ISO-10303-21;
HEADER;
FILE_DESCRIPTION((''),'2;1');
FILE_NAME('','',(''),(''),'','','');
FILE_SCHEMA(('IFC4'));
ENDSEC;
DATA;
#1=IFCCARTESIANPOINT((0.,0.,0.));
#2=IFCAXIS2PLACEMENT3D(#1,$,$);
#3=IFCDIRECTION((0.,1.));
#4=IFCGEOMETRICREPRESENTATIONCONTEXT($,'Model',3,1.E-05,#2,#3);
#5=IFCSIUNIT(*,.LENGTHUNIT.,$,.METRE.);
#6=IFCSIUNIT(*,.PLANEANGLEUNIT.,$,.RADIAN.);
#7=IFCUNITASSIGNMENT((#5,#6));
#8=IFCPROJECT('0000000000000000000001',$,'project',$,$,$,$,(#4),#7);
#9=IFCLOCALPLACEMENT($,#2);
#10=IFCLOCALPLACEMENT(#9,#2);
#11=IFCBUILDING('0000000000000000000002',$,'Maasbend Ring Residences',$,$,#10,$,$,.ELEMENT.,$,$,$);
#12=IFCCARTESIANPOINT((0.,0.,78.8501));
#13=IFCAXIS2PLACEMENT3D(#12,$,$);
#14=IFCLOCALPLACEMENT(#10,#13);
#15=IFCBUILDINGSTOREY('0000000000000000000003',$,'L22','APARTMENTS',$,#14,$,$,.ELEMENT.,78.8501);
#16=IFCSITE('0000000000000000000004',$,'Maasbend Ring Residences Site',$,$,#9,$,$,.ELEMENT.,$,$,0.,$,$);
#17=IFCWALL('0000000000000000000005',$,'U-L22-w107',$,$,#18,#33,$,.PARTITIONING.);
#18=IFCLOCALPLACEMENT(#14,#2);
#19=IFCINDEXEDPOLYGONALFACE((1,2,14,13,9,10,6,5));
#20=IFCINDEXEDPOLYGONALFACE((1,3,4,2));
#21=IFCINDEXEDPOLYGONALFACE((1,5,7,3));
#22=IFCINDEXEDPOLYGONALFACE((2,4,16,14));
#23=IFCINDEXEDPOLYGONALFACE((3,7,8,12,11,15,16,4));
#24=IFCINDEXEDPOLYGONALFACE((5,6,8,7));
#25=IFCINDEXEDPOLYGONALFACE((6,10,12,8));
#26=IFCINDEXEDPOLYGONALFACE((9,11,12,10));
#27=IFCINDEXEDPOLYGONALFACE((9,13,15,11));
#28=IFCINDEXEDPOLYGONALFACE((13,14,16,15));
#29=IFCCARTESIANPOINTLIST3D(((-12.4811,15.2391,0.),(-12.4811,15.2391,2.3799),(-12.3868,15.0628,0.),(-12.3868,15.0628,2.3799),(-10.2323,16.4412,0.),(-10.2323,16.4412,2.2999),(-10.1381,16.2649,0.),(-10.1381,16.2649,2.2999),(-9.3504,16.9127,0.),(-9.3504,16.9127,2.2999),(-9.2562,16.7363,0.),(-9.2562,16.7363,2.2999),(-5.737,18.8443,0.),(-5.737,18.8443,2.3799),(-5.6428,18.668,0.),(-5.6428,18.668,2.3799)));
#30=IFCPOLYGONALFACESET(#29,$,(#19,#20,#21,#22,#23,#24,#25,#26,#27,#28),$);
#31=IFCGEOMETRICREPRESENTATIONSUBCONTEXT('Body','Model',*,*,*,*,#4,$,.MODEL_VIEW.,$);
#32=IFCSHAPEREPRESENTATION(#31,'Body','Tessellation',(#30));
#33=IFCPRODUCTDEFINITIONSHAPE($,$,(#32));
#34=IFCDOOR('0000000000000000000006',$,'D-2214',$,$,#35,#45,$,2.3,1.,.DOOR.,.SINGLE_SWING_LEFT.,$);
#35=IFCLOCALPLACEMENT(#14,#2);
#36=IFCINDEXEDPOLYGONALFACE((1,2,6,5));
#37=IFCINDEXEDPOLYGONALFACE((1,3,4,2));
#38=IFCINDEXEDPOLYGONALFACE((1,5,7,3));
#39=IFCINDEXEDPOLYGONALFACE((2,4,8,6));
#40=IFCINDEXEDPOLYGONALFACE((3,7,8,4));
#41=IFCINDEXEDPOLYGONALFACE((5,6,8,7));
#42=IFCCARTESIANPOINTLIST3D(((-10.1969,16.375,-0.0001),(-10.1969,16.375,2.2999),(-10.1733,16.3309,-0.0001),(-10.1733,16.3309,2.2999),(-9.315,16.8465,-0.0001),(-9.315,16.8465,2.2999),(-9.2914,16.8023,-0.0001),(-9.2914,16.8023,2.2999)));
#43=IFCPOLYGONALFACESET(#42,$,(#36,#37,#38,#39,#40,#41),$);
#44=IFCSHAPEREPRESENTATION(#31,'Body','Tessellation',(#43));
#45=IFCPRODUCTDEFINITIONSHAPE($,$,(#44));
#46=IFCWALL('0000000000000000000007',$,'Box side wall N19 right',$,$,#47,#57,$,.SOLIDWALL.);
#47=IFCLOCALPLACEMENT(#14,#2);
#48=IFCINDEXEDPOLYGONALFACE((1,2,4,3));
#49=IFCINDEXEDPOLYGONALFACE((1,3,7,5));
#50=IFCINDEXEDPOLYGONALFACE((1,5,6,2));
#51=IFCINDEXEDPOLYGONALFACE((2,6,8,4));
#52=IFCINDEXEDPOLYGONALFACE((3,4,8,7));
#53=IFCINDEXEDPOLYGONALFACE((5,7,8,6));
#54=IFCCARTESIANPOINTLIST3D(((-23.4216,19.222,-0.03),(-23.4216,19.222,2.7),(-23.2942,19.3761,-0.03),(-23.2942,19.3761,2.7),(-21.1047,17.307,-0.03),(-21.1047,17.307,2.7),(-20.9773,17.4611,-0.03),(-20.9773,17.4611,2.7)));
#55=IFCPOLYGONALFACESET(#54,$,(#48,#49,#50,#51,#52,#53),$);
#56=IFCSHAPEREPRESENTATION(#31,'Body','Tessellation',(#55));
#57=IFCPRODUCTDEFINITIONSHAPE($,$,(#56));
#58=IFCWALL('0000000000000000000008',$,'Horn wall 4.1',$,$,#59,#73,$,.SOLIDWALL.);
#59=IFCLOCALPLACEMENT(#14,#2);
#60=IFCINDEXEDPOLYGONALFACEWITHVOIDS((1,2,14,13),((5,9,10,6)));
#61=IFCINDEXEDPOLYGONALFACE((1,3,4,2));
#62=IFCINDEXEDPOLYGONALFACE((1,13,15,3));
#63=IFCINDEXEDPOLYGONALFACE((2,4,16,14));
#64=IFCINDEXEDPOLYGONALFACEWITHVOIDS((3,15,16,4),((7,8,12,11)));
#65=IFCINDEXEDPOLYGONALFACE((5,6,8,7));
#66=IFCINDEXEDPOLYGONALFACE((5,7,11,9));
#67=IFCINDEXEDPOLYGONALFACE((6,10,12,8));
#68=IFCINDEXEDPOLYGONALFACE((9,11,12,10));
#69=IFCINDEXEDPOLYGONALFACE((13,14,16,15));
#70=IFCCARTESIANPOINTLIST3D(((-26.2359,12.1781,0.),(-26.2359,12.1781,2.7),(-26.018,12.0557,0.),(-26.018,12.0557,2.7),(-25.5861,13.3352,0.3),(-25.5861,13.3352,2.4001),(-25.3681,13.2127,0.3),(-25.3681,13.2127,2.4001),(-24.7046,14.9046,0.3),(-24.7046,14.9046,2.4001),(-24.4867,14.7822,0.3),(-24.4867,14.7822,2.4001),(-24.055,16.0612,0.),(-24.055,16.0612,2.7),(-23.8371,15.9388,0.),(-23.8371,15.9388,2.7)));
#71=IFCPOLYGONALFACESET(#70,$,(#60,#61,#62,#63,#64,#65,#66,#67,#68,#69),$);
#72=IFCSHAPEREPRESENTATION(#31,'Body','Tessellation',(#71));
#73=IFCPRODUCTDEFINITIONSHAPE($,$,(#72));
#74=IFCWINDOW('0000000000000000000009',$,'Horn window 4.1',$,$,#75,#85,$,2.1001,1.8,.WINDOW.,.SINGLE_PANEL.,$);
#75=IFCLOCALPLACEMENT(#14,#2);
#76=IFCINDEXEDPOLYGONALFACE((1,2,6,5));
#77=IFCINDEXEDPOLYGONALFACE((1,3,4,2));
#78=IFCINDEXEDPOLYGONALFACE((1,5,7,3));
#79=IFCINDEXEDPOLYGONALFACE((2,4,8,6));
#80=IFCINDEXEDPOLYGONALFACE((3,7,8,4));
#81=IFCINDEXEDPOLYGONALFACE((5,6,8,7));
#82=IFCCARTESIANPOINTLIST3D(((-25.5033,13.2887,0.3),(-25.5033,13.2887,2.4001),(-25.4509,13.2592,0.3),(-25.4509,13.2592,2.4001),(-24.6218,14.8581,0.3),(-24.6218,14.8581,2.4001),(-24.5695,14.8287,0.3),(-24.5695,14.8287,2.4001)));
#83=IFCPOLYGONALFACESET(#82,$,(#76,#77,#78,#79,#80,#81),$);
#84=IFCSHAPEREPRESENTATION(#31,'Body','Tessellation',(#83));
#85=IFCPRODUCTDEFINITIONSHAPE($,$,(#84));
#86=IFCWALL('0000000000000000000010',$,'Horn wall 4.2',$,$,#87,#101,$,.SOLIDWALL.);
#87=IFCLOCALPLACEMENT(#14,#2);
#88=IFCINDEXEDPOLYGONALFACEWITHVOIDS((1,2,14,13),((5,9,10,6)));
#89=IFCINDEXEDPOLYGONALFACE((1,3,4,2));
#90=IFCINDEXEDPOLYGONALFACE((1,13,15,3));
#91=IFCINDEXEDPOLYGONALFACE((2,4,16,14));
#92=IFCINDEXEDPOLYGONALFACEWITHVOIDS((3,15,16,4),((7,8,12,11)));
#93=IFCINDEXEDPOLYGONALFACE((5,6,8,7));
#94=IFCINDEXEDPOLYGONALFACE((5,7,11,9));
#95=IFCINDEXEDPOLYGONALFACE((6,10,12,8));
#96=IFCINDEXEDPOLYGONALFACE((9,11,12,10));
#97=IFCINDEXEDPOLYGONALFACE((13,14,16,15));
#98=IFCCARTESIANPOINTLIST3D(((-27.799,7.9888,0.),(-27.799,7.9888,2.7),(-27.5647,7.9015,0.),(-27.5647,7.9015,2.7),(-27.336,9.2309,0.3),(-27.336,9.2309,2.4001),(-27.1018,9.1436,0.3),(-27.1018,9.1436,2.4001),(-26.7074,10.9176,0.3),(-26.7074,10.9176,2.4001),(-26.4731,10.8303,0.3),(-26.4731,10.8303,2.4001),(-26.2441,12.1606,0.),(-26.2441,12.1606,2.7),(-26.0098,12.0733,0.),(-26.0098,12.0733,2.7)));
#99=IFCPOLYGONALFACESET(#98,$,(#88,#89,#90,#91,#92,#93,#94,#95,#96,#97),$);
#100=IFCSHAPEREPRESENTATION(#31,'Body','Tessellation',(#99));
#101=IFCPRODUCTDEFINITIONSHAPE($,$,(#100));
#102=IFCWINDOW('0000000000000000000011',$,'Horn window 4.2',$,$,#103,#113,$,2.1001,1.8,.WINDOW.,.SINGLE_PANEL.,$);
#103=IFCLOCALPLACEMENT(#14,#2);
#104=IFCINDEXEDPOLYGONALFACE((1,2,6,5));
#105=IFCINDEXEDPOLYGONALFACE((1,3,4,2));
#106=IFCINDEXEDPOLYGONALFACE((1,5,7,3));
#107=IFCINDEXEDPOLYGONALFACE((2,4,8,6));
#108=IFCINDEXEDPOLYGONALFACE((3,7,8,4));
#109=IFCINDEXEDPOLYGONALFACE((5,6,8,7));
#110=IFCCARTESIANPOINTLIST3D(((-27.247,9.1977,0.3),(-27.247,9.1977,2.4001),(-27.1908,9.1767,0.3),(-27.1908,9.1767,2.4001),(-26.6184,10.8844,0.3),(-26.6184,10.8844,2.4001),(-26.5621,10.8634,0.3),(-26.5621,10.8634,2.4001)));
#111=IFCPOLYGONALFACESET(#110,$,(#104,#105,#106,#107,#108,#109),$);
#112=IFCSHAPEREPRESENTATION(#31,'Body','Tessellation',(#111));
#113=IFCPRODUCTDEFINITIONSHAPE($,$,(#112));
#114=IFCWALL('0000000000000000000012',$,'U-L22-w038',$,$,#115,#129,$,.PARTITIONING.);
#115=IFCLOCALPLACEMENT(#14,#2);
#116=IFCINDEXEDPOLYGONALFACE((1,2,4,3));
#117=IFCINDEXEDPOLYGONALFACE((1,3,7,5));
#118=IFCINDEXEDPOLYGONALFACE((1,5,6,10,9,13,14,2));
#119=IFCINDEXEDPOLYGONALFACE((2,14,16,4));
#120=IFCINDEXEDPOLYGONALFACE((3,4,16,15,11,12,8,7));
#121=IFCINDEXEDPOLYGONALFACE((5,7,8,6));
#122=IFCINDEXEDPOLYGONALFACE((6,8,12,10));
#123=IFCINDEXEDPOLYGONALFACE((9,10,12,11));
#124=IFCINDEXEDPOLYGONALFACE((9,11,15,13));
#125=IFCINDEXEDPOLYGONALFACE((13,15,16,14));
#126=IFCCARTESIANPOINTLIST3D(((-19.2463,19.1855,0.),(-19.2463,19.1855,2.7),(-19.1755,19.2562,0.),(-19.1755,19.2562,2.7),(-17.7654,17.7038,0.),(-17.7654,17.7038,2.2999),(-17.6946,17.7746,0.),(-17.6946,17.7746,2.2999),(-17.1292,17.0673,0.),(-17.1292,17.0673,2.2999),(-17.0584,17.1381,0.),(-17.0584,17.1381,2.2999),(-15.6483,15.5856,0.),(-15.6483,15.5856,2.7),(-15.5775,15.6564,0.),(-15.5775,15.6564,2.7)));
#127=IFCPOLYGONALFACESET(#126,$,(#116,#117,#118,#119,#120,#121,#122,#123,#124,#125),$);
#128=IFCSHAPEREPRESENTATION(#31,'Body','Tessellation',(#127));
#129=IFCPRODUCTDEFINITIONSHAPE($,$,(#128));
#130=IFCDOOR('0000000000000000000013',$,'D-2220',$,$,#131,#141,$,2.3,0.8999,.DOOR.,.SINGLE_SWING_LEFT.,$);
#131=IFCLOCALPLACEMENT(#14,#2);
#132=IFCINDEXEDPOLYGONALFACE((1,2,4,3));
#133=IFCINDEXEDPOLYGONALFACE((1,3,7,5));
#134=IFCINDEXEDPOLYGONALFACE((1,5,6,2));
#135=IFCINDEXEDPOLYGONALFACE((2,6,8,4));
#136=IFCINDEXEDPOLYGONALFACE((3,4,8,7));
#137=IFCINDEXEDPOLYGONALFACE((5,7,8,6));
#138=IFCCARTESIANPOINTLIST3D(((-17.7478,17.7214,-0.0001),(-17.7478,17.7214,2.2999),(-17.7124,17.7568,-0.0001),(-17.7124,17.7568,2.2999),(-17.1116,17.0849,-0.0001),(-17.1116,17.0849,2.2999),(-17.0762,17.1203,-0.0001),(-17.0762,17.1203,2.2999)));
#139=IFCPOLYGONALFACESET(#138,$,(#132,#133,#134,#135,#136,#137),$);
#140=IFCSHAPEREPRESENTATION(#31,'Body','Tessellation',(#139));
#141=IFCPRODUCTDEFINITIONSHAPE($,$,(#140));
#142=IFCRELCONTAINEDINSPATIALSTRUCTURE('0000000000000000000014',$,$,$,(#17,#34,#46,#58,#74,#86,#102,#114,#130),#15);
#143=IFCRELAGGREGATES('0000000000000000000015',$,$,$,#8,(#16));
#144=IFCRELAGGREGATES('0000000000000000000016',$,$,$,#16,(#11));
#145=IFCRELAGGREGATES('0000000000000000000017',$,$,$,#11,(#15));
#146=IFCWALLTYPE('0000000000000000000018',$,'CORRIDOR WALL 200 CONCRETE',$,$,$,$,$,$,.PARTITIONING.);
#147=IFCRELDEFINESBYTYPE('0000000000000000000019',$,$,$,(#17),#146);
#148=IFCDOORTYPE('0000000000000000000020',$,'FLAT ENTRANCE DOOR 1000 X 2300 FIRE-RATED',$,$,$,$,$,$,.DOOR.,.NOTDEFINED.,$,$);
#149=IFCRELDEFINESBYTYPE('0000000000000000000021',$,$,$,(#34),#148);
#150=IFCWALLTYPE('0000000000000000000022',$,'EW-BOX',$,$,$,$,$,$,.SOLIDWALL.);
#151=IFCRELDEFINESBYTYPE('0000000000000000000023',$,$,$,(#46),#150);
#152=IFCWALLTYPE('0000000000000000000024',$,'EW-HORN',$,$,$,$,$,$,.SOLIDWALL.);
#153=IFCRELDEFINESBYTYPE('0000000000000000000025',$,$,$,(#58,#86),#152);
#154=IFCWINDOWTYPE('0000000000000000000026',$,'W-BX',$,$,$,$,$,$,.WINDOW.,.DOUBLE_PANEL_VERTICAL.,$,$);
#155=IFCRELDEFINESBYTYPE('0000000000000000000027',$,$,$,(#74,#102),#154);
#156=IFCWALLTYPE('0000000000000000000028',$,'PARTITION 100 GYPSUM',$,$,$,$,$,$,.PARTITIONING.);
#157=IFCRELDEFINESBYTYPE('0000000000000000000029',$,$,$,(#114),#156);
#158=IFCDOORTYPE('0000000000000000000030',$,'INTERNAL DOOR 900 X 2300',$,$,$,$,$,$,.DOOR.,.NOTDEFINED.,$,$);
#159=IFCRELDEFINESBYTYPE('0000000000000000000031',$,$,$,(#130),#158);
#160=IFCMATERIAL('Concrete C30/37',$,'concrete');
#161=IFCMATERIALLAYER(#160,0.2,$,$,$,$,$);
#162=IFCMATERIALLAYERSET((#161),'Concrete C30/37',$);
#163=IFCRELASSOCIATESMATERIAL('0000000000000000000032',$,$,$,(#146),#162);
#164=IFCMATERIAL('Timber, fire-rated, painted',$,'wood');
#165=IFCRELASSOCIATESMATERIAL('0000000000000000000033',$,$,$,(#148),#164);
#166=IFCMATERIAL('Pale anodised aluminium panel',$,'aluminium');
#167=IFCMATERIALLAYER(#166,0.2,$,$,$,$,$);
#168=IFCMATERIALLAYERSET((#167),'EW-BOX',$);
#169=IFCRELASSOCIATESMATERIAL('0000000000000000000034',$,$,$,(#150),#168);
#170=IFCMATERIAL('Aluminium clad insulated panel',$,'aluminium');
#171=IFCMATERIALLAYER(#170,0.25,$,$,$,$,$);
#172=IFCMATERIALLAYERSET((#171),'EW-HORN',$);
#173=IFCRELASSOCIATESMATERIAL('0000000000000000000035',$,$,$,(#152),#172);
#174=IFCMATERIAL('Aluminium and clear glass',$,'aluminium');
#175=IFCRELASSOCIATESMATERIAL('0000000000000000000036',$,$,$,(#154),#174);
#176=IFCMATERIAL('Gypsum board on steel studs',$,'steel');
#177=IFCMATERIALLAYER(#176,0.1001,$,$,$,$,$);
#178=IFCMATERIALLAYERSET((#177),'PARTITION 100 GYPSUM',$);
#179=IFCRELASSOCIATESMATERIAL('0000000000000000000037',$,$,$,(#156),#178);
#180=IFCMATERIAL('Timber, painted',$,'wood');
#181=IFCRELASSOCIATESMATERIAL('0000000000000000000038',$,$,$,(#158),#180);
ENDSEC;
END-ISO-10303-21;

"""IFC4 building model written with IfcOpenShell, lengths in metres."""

from ifc_helpers import new_model, si_unit, direction, frame, frame_2d, origin, place, context, subcontext, project, spatial, rectangle, extrude, material, layer, layer_set, type_object, element, fill, save


model = new_model("IFC4")

# Units and contexts
model_context = context("Model", 3, precision=1e-05, world=origin(), true_north=direction((0.0, 1.0)))
body_context = subcontext(model_context, "Body", "Model", "MODEL_VIEW")
ifc_project = project(units=[si_unit("LENGTHUNIT", "METRE"), si_unit("PLANEANGLEUNIT", "RADIAN")], contexts=[model_context])

# Site, building, storey
site_placement = place(None, origin())
site = spatial("IfcSite", under=ifc_project, at=site_placement, Name="Maasbend Ring Residences Site", CompositionType="ELEMENT", RefElevation=0.0)
building_placement = place(site_placement, origin())
building = spatial("IfcBuilding", under=site, at=building_placement, Name="Maasbend Ring Residences", CompositionType="ELEMENT")
storey_placement = place(building_placement, frame((0.0, 0.0, 78.8501)))
storey = spatial("IfcBuildingStorey", under=building, at=storey_placement, Name="L22", Description="APARTMENTS", CompositionType="ELEMENT", Elevation=78.8501)

# Wall, opening, door
ifc_material_1 = material(Name="Concrete C30/37", Category="concrete")
ifc_layer_1 = layer(ifc_material_1, 0.2)
ifc_layer_set_1 = layer_set([ifc_layer_1], Name="Concrete C30/37")
wall_type_1 = type_object("IfcWallType", Name="CORRIDOR WALL 200 CONCRETE", PredefinedType="PARTITIONING", material=ifc_layer_set_1)
wall_1_placement = place(storey_placement, frame((-12.4341, 15.1509, 0.0), z_axis=(0.0, 0.0, 1.0), x_axis=(0.881899, 0.471438, 0.0)))
wall_1 = element("IfcWall", 1, at=wall_1_placement, inside=storey, type_object=wall_type_1, Name="U-L22-w107", PredefinedType="PARTITIONING", context=body_context, shape_type="SweptSolid", body=[
    extrude(rectangle(XDim=7.6472, YDim=0.2, at=frame_2d((3.8237, 0.0))), origin(), (0.0, 0.0, 1.0), 2.3799),
])
opening_1_placement = place(wall_1_placement, frame((2.55, 0.0, 0.0)))
opening_1 = element("IfcOpeningElement", 2, at=opening_1_placement, cuts=wall_1, PredefinedType="OPENING", context=body_context, shape_type="SweptSolid", body=[
    extrude(rectangle(XDim=1.0, YDim=2.3, at=frame_2d((0.5, 1.1499))), frame((0.0, 0.1099, 0.0), z_axis=(0.0, -1.0, 0.0), x_axis=(1.0, 0.0, 0.0)), (0.0, 0.0, 1.0), 0.22),
])
ifc_material_2 = material(Name="Timber, fire-rated, painted", Category="wood")
door_type_1 = type_object("IfcDoorType", Name="FLAT ENTRANCE DOOR 1000 X 2300 FIRE-RATED", OperationType="NOTDEFINED", PredefinedType="DOOR", material=ifc_material_2)
door_1_placement = place(opening_1_placement, origin())
door_1 = element("IfcDoor", 3, at=door_1_placement, inside=storey, type_object=door_type_1, Name="D-2214", OperationType="SINGLE_SWING_LEFT", OverallHeight=2.3, OverallWidth=1.0, PredefinedType="DOOR", context=body_context, shape_type="SweptSolid", body=[
    extrude(rectangle(XDim=1.0, YDim=2.3, at=frame_2d((0.5, 1.1499))), frame((0.0, 0.0249, 0.0), z_axis=(0.0, -1.0, 0.0), x_axis=(1.0, 0.0, 0.0)), (0.0, 0.0, 1.0), 0.05),
])
fill(opening_1, door_1)

# Wall
ifc_material_3 = material(Name="Pale anodised aluminium panel", Category="aluminium")
ifc_layer_2 = layer(ifc_material_3, 0.2)
ifc_layer_set_2 = layer_set([ifc_layer_2], Name="EW-BOX")
wall_type_2 = type_object("IfcWallType", Name="EW-BOX", PredefinedType="SOLIDWALL", material=ifc_layer_set_2)
wall_2_placement = place(storey_placement, frame((-21.041, 17.384, -0.03), z_axis=(0.0, 0.0, 1.0), x_axis=(-0.770785, 0.637096, 0.0)))
element("IfcWall", 4, at=wall_2_placement, inside=storey, type_object=wall_type_2, Name="Box side wall N19 right", PredefinedType="SOLIDWALL", context=body_context, shape_type="SweptSolid", body=[
    extrude(rectangle(XDim=3.0059, YDim=0.2, at=frame_2d((1.5029, 0.0))), origin(), (0.0, 0.0, 1.0), 2.73),
])

# Walls, openings, windows
ifc_material_4 = material(Name="Aluminium clad insulated panel", Category="aluminium")
ifc_layer_3 = layer(ifc_material_4, 0.25)
ifc_layer_set_3 = layer_set([ifc_layer_3], Name="EW-HORN")
wall_type_3 = type_object("IfcWallType", Name="EW-HORN", PredefinedType="SOLIDWALL", material=ifc_layer_set_3)
wall_3_placement = place(storey_placement, frame((-23.946, 16.0, 0.0), z_axis=(0.0, 0.0, 1.0), x_axis=(-0.489696, -0.871893, 0.0)))
wall_3 = element("IfcWall", 5, at=wall_3_placement, inside=storey, type_object=wall_type_3, Name="Horn wall 4.1", PredefinedType="SOLIDWALL", context=body_context, shape_type="SweptSolid", body=[
    extrude(rectangle(XDim=4.4536, YDim=0.25, at=frame_2d((2.2268, 0.0))), origin(), (0.0, 0.0, 1.0), 2.7),
])
opening_2_placement = place(wall_3_placement, frame((1.3267, 0.0, 0.3)))
opening_2 = element("IfcOpeningElement", 6, at=opening_2_placement, cuts=wall_3, PredefinedType="OPENING", context=body_context, shape_type="SweptSolid", body=[
    extrude(rectangle(XDim=1.8, YDim=2.1001, at=frame_2d((0.8999, 1.05))), frame((0.0, 0.135, 0.0), z_axis=(0.0, -1.0, 0.0), x_axis=(1.0, 0.0, 0.0)), (0.0, 0.0, 1.0), 0.27),
])
ifc_material_5 = material(Name="Aluminium and clear glass", Category="aluminium")
window_type = type_object("IfcWindowType", Name="W-BX", PartitioningType="DOUBLE_PANEL_VERTICAL", PredefinedType="WINDOW", material=ifc_material_5)
window_1_placement = place(opening_2_placement, origin())
window_1 = element("IfcWindow", 7, at=window_1_placement, inside=storey, type_object=window_type, Name="Horn window 4.1", OverallHeight=2.1001, OverallWidth=1.8, PartitioningType="SINGLE_PANEL", PredefinedType="WINDOW", context=body_context, shape_type="SweptSolid", body=[
    extrude(rectangle(XDim=1.8, YDim=2.1001, at=frame_2d((0.8999, 1.05))), frame((0.0, 0.03, 0.0), z_axis=(0.0, -1.0, 0.0), x_axis=(1.0, 0.0, 0.0)), (0.0, 0.0, 1.0), 0.0601),
])
fill(opening_2, window_1)
wall_4_placement = place(storey_placement, frame((-26.127, 12.1169, 0.0), z_axis=(0.0, 0.0, 1.0), x_axis=(-0.349248, -0.93703, 0.0)))
wall_4 = element("IfcWall", 8, at=wall_4_placement, inside=storey, type_object=wall_type_3, Name="Horn wall 4.2", PredefinedType="SOLIDWALL", context=body_context, shape_type="SweptSolid", body=[
    extrude(rectangle(XDim=4.4521, YDim=0.25, at=frame_2d((2.2261, 0.0))), origin(), (0.0, 0.0, 1.0), 2.7),
])
opening_3_placement = place(wall_4_placement, frame((1.3267, 0.0, 0.3)))
opening_3 = element("IfcOpeningElement", 9, at=opening_3_placement, cuts=wall_4, PredefinedType="OPENING", context=body_context, shape_type="SweptSolid", body=[
    extrude(rectangle(XDim=1.8, YDim=2.1001, at=frame_2d((0.8999, 1.05))), frame((0.0, 0.135, 0.0), z_axis=(0.0, -1.0, 0.0), x_axis=(1.0, 0.0, 0.0)), (0.0, 0.0, 1.0), 0.27),
])
window_2_placement = place(opening_3_placement, origin())
window_2 = element("IfcWindow", 10, at=window_2_placement, inside=storey, type_object=window_type, Name="Horn window 4.2", OverallHeight=2.1001, OverallWidth=1.8, PartitioningType="SINGLE_PANEL", PredefinedType="WINDOW", context=body_context, shape_type="SweptSolid", body=[
    extrude(rectangle(XDim=1.8, YDim=2.1001, at=frame_2d((0.8999, 1.05))), frame((0.0, 0.03, 0.0), z_axis=(0.0, -1.0, 0.0), x_axis=(1.0, 0.0, 0.0)), (0.0, 0.0, 1.0), 0.0601),
])
fill(opening_3, window_2)

# Wall, opening, door
ifc_material_6 = material(Name="Gypsum board on steel studs", Category="steel")
ifc_layer_4 = layer(ifc_material_6, 0.1001)
ifc_layer_set_4 = layer_set([ifc_layer_4], Name="PARTITION 100 GYPSUM")
wall_type_4 = type_object("IfcWallType", Name="PARTITION 100 GYPSUM", PredefinedType="PARTITIONING", material=ifc_layer_set_4)
wall_5_placement = place(storey_placement, frame((-19.2109, 19.2209, 0.0), z_axis=(0.0, 0.0, 1.0), x_axis=(0.706915, -0.707299, 0.0)))
wall_5 = element("IfcWall", 11, at=wall_5_placement, inside=storey, type_object=wall_type_4, Name="U-L22-w038", PredefinedType="PARTITIONING", context=body_context, shape_type="SweptSolid", body=[
    extrude(rectangle(XDim=5.0896, YDim=0.1001, at=frame_2d((2.5449, 0.0))), origin(), (0.0, 0.0, 1.0), 2.7),
])
opening_4_placement = place(wall_5_placement, frame((2.095, 0.0, 0.0)))
opening_4 = element("IfcOpeningElement", 12, at=opening_4_placement, cuts=wall_5, PredefinedType="OPENING", context=body_context, shape_type="SweptSolid", body=[
    extrude(rectangle(XDim=0.8999, YDim=2.3, at=frame_2d((0.45, 1.1499))), frame((0.0, 0.0601, 0.0), z_axis=(0.0, -1.0, 0.0), x_axis=(1.0, 0.0, 0.0)), (0.0, 0.0, 1.0), 0.1201),
])
ifc_material_7 = material(Name="Timber, painted", Category="wood")
door_type_2 = type_object("IfcDoorType", Name="INTERNAL DOOR 900 X 2300", OperationType="NOTDEFINED", PredefinedType="DOOR", material=ifc_material_7)
door_2_placement = place(opening_4_placement, origin())
door_2 = element("IfcDoor", 13, at=door_2_placement, inside=storey, type_object=door_type_2, Name="D-2220", OperationType="SINGLE_SWING_LEFT", OverallHeight=2.3, OverallWidth=0.8999, PredefinedType="DOOR", context=body_context, shape_type="SweptSolid", body=[
    extrude(rectangle(XDim=0.8999, YDim=2.3, at=frame_2d((0.45, 1.1499))), frame((0.0, 0.0249, 0.0), z_axis=(0.0, -1.0, 0.0), x_axis=(1.0, 0.0, 0.0)), (0.0, 0.0, 1.0), 0.05),
])
fill(opening_4, door_2)

save(model, "model.ifc")
